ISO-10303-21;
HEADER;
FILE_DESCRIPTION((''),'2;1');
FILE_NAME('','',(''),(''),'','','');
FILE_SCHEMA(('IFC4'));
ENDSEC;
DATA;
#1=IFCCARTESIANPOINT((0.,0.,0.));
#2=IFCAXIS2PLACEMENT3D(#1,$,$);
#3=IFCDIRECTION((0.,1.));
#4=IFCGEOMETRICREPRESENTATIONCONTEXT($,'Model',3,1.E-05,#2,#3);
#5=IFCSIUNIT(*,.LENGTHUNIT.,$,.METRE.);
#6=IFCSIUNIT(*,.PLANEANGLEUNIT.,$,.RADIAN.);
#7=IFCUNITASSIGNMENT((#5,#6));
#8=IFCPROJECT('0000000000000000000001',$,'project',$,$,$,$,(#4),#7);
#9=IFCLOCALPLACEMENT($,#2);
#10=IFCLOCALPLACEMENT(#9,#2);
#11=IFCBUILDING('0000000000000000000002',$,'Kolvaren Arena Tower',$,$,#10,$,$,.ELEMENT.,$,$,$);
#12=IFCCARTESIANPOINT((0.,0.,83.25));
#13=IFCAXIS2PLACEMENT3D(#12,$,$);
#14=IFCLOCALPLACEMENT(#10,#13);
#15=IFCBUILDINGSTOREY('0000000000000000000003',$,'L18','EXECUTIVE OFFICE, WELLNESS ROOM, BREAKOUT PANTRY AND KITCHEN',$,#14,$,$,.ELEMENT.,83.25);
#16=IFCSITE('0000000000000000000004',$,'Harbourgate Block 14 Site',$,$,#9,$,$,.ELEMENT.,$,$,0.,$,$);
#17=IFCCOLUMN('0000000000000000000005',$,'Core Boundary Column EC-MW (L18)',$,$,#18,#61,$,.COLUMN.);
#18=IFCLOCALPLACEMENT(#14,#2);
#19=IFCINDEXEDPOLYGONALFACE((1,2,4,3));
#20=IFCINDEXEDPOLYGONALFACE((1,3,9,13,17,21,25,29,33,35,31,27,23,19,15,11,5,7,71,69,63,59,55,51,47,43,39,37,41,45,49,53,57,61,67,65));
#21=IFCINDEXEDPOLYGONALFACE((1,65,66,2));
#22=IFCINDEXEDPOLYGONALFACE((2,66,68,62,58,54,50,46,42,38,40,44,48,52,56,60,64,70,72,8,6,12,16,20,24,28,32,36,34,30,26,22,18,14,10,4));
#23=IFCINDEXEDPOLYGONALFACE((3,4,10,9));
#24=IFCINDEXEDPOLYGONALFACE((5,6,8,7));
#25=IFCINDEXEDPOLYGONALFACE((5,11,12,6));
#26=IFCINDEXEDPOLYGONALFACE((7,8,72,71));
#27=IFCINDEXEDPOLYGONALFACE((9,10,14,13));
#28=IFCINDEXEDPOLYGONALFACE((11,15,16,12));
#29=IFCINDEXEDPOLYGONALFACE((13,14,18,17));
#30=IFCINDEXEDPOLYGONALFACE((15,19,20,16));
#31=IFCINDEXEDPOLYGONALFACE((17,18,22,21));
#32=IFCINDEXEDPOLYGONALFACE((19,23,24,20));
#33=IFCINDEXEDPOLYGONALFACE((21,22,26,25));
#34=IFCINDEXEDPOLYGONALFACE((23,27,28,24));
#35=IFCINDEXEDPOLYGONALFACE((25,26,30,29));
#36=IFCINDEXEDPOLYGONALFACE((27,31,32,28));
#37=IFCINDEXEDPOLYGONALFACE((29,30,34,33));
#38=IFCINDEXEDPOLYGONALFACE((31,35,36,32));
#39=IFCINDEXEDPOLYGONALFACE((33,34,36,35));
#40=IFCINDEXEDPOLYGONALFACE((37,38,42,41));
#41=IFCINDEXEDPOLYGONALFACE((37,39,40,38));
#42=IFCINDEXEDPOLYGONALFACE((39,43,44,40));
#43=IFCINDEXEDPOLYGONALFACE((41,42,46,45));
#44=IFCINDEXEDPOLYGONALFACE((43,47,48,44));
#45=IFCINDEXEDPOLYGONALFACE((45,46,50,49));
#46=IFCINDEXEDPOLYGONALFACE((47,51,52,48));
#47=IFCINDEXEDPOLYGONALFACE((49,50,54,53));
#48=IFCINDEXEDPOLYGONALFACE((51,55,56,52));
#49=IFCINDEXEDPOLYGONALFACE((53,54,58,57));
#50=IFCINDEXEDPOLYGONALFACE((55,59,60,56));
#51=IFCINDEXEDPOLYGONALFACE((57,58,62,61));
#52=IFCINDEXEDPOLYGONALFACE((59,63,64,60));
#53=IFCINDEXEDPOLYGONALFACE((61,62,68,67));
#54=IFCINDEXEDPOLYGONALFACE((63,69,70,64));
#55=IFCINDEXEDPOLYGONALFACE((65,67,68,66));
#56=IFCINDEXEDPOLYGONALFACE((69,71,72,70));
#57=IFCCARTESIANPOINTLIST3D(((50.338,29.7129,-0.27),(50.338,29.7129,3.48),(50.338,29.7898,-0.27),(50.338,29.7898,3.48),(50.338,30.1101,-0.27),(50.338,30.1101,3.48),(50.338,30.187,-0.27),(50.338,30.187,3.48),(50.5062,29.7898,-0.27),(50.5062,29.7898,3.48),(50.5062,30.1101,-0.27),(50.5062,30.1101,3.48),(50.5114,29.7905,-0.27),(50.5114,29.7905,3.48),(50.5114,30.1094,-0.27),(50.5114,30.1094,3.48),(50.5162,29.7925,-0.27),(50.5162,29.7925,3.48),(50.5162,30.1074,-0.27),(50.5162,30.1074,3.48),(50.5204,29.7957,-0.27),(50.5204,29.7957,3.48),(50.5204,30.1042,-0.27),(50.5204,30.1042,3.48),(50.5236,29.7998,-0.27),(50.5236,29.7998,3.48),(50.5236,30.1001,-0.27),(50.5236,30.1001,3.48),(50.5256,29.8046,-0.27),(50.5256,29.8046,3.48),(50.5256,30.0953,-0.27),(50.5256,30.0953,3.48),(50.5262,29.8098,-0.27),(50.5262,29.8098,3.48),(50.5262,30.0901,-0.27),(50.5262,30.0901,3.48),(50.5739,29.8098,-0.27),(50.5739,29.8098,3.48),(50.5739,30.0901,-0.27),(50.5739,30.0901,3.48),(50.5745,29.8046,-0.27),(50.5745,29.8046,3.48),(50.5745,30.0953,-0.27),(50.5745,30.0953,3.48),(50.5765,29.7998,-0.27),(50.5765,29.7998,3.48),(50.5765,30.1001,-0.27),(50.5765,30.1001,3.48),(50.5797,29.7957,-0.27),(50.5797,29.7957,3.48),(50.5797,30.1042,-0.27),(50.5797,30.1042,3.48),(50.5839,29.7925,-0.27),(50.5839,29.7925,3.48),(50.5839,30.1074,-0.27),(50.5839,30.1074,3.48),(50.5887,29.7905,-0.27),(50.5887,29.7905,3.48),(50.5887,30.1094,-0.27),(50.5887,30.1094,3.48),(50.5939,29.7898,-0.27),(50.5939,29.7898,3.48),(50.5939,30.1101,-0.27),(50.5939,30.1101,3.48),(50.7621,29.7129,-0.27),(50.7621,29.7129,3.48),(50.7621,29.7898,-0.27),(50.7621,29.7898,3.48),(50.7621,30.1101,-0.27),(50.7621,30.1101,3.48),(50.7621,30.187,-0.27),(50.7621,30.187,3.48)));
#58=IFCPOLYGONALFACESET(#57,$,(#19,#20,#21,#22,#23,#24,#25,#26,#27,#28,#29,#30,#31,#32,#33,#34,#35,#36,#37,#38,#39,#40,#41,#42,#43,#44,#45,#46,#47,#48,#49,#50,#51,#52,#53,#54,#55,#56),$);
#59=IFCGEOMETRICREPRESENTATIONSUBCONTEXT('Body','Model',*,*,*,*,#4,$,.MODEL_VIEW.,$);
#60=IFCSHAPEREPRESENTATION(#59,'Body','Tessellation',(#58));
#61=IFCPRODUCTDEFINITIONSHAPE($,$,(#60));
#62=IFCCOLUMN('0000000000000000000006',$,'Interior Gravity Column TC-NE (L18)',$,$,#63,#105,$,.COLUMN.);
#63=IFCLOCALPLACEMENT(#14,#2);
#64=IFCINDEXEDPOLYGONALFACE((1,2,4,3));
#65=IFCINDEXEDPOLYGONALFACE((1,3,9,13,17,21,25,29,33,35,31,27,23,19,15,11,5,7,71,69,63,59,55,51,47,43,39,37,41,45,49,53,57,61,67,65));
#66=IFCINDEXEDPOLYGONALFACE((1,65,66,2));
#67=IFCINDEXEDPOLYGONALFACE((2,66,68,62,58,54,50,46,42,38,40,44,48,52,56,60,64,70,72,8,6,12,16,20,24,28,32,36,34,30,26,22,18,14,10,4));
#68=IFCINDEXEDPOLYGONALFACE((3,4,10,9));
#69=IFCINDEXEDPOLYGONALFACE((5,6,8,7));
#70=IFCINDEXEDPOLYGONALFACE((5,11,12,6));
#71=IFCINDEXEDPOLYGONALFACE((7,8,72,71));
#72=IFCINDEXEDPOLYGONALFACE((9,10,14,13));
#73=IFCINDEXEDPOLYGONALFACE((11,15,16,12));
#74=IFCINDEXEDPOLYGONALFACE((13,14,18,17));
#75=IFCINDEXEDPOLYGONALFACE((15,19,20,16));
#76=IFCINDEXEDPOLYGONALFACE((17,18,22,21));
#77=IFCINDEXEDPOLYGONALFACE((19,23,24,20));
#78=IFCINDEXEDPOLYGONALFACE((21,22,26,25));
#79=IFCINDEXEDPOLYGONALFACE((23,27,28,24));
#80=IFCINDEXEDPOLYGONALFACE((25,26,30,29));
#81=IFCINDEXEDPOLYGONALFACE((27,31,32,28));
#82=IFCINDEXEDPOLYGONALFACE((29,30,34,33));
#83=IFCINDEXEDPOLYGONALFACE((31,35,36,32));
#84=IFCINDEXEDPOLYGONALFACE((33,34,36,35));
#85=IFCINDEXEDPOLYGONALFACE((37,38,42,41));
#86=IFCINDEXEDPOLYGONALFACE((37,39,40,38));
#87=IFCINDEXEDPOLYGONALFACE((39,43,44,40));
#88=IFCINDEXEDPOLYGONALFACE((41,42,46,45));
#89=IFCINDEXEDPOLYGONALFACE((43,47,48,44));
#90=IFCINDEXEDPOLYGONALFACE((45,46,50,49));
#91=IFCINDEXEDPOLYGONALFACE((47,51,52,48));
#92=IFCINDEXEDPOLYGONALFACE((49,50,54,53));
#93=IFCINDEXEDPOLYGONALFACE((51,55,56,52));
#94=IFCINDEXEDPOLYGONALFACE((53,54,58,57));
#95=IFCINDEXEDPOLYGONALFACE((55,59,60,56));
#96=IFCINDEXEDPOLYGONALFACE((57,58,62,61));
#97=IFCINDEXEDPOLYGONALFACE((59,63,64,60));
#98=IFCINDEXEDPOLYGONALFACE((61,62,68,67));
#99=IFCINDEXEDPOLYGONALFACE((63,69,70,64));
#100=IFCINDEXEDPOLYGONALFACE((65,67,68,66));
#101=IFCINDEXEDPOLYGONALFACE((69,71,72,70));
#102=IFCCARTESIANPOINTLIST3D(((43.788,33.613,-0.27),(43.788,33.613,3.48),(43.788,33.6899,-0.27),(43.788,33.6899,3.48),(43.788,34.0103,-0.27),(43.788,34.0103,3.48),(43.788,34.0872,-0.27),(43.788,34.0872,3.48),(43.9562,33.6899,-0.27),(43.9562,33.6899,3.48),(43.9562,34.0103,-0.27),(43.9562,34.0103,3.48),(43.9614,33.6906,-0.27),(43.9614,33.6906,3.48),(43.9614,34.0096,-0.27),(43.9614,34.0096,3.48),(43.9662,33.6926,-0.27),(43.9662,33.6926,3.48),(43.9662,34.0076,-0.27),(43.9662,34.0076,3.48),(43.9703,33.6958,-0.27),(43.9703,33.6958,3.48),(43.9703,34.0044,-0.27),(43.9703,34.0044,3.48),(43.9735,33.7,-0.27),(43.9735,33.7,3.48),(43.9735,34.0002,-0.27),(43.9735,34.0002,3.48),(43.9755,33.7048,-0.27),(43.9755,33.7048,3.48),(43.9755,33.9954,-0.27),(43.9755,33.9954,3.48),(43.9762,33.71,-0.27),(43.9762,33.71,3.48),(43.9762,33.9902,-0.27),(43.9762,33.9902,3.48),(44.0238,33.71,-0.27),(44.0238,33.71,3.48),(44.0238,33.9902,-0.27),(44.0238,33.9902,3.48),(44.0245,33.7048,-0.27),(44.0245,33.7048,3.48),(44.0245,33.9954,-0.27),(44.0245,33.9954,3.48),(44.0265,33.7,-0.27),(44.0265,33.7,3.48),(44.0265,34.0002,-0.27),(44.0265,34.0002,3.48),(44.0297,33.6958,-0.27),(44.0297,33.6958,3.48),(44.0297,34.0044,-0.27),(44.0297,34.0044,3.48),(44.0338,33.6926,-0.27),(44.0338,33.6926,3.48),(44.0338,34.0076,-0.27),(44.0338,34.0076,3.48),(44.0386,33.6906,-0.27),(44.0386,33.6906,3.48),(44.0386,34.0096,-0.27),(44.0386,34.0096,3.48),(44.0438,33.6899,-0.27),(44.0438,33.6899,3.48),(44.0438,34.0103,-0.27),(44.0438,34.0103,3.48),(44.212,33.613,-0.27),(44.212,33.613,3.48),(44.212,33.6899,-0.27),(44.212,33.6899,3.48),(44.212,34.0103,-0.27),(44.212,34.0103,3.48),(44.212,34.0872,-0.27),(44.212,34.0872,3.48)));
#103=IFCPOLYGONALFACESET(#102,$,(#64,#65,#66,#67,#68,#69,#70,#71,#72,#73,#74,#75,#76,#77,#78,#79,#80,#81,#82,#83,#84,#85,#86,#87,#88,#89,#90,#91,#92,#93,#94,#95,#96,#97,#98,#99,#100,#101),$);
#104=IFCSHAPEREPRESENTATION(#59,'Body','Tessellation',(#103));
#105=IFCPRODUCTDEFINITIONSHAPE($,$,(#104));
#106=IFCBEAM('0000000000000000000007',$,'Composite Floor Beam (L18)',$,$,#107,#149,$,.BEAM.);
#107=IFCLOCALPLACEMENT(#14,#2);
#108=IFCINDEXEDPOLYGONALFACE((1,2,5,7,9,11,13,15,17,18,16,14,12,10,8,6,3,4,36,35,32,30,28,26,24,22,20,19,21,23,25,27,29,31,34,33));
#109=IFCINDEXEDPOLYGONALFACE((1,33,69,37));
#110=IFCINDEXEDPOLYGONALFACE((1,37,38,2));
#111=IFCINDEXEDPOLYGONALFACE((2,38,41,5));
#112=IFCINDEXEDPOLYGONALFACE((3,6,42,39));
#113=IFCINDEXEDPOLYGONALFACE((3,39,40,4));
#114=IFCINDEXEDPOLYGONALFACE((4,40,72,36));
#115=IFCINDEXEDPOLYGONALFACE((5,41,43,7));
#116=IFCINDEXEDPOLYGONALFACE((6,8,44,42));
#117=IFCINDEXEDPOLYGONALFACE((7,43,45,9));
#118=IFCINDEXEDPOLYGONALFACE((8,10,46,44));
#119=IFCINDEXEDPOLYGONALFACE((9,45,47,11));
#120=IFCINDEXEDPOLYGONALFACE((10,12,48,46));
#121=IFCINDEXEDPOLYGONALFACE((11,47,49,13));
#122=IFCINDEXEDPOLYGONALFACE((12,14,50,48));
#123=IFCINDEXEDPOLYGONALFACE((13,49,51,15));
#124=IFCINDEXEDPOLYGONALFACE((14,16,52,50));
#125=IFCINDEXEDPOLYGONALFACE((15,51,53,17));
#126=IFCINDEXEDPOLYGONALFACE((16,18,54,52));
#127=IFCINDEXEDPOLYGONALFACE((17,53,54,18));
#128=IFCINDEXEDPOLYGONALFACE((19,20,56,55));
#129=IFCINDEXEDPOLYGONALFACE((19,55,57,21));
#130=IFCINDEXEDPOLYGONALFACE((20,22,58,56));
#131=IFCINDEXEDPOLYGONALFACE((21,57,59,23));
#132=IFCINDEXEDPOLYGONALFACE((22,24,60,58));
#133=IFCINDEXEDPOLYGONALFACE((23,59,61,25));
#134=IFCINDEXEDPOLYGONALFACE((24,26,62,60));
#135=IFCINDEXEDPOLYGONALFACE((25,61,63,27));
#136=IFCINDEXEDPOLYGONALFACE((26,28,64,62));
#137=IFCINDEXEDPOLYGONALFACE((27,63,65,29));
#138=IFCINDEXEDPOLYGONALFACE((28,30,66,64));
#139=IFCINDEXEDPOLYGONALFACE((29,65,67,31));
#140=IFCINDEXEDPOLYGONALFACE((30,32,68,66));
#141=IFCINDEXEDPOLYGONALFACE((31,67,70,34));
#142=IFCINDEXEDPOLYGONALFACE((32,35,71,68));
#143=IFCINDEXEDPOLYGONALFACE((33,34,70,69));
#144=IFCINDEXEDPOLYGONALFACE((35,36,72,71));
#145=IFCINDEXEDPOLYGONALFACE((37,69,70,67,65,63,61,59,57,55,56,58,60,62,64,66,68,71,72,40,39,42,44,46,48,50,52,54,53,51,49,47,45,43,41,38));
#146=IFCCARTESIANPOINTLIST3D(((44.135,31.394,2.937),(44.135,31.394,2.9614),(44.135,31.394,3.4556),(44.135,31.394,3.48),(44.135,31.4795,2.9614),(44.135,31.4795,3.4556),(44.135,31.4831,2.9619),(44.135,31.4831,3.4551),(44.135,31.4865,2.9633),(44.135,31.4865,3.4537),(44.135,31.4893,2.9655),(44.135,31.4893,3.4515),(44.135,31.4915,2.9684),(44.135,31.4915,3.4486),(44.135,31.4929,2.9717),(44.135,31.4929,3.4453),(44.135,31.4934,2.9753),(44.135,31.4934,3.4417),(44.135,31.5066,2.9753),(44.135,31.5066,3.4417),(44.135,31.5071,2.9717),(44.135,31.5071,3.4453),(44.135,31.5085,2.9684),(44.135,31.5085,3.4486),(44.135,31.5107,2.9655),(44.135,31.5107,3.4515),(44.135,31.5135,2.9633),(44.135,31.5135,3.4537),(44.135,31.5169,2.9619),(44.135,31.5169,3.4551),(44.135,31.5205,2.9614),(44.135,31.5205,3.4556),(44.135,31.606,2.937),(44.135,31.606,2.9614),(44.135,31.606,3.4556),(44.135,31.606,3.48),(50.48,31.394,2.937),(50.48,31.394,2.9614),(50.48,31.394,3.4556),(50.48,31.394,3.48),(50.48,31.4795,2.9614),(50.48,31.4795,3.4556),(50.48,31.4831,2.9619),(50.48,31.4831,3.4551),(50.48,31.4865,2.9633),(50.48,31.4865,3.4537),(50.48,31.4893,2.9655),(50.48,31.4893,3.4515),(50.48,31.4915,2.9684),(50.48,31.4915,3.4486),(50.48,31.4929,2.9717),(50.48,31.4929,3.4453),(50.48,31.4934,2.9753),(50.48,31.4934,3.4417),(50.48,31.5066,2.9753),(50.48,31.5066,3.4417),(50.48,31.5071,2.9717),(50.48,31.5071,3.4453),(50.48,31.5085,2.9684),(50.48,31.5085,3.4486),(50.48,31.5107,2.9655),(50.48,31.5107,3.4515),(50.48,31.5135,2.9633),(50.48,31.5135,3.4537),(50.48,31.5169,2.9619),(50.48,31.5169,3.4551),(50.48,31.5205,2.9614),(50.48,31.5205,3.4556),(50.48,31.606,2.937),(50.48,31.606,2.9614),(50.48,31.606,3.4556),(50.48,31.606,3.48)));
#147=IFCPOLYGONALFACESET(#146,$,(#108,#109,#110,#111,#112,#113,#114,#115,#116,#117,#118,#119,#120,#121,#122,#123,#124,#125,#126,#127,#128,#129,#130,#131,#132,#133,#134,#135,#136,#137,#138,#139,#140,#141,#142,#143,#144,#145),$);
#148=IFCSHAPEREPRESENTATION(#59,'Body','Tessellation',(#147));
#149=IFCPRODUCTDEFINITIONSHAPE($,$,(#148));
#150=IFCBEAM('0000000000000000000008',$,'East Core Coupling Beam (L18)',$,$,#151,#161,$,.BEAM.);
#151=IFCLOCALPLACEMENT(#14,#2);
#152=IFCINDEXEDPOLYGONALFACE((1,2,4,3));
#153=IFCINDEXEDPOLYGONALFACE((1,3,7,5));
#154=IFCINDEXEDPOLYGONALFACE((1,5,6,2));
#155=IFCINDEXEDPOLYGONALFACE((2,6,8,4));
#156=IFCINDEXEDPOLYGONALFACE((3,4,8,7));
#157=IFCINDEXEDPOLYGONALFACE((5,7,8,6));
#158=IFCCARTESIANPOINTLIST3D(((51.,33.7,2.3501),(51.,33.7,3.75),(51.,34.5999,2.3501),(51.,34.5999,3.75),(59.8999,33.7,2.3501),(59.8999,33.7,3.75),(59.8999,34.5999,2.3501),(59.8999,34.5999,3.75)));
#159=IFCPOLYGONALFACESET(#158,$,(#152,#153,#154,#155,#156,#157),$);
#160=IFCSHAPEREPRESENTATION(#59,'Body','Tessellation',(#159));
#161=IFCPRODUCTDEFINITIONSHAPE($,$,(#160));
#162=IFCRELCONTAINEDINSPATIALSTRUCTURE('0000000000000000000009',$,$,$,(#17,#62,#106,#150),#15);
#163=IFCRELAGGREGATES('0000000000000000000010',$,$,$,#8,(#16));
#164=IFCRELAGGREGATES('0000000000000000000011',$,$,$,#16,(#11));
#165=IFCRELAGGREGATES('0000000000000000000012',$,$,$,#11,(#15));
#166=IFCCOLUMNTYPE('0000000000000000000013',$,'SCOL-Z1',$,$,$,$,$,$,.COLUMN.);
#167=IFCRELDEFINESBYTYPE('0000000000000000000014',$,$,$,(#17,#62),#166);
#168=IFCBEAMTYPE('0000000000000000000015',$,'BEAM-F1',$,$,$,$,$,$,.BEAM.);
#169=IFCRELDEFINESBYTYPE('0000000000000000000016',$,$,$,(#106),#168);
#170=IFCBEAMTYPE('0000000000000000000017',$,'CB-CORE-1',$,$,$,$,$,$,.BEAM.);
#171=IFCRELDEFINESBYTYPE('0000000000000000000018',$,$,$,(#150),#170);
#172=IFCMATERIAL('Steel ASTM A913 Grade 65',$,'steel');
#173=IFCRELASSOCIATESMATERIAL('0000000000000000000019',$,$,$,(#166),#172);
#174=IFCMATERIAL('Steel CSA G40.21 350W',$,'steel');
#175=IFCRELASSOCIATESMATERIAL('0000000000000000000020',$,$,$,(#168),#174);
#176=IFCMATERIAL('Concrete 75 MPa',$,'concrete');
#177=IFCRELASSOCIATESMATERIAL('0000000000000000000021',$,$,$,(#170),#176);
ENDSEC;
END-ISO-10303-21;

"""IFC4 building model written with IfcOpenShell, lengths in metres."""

from ifc_helpers import new_model, si_unit, direction, frame, origin, origin_2d, place, context, subcontext, project, spatial, rectangle, i_section, extrude, material, material_profile, profile_set, type_object, element, save


model = new_model("IFC4")

# Units and contexts
model_context = context("Model", 3, precision=1e-05, world=origin(), true_north=direction((0.0, 1.0)))
body_context = subcontext(model_context, "Body", "Model", "MODEL_VIEW")
ifc_project = project(units=[si_unit("LENGTHUNIT", "METRE"), si_unit("PLANEANGLEUNIT", "RADIAN")], contexts=[model_context])

# Site, building, storey
site_placement = place(None, origin())
site = spatial("IfcSite", under=ifc_project, at=site_placement, Name="Harbourgate Block 14 Site", CompositionType="ELEMENT", RefElevation=0.0)
building_placement = place(site_placement, origin())
building = spatial("IfcBuilding", under=site, at=building_placement, Name="Kolvaren Arena Tower", CompositionType="ELEMENT")
storey_placement = place(building_placement, frame((0.0, 0.0, 83.25)))
storey = spatial("IfcBuildingStorey", under=building, at=storey_placement, Name="L18", Description="EXECUTIVE OFFICE, WELLNESS ROOM, BREAKOUT PANTRY AND KITCHEN", CompositionType="ELEMENT", Elevation=83.25)

# Columns
ifc_material_1 = material(Name="Steel ASTM A913 Grade 65", Category="steel")
ifc_material_profile_1 = material_profile(ifc_material_1, i_section(OverallWidth=0.4241, OverallDepth=0.4741, WebThickness=0.0476, FlangeThickness=0.0769, FilletRadius=0.02, at=origin_2d()), Name="W360x634")
ifc_profile_set_1 = profile_set([ifc_material_profile_1], Name="Steel ASTM A913 Grade 65")
column_type = type_object("IfcColumnType", Name="SCOL-Z1", PredefinedType="COLUMN", material=ifc_profile_set_1)
for number, where, z_axis, x_axis, name in (
    (1, (50.55, 29.95, -0.27), (0.0, 0.0, 1.0), (1.0, 0.0, 0.0), "Core Boundary Column EC-MW (L18)"),
    (2, (44.0, 33.8501, -0.27), (0.0, 0.0, 1.0), (1.0, 0.0, 0.0), "Interior Gravity Column TC-NE (L18)"),
):
    element("IfcColumn", number, at=place(storey_placement, frame(where, z_axis=z_axis, x_axis=x_axis)), inside=storey, type_object=column_type, Name=name, PredefinedType="COLUMN", context=body_context, shape_type="SweptSolid", body=[
        extrude(i_section(OverallWidth=0.4241, OverallDepth=0.4741, WebThickness=0.0476, FlangeThickness=0.0769, FilletRadius=0.02, at=origin_2d()), origin(), (0.0, 0.0, 1.0), 3.75),
    ])

# Beams
ifc_material_2 = material(Name="Steel CSA G40.21 350W", Category="steel")
ifc_material_profile_2 = material_profile(ifc_material_2, i_section(OverallWidth=0.2119, OverallDepth=0.543, WebThickness=0.0132, FlangeThickness=0.0244, FilletRadius=0.0139, at=origin_2d()), Name="W530x150")
ifc_profile_set_2 = profile_set([ifc_material_profile_2], Name="Steel CSA G40.21 350W")
beam_type_1 = type_object("IfcBeamType", Name="BEAM-F1", PredefinedType="BEAM", material=ifc_profile_set_2)
beam_1_placement = place(storey_placement, frame((44.135, 31.5, 3.2085), z_axis=(1.0, 0.0, 0.0), x_axis=(0.0, 1.0, 0.0)))
element("IfcBeam", 3, at=beam_1_placement, inside=storey, type_object=beam_type_1, Name="Composite Floor Beam (L18)", PredefinedType="BEAM", context=body_context, shape_type="SweptSolid", body=[
    extrude(i_section(OverallWidth=0.2119, OverallDepth=0.543, WebThickness=0.0132, FlangeThickness=0.0244, FilletRadius=0.0139, at=origin_2d()), origin(), (0.0, 0.0, 1.0), 6.345),
])
ifc_material_3 = material(Name="Concrete 75 MPa", Category="concrete")
ifc_material_profile_3 = material_profile(ifc_material_3, rectangle(XDim=0.8999, YDim=1.3999, at=origin_2d()), Name="RC-900x1400")
ifc_profile_set_3 = profile_set([ifc_material_profile_3], Name="Concrete 75 MPa")
beam_type_2 = type_object("IfcBeamType", Name="CB-CORE-1", PredefinedType="BEAM", material=ifc_profile_set_3)
beam_2_placement = place(storey_placement, frame((51.0, 34.1499, 3.05), z_axis=(1.0, 0.0, 0.0), x_axis=(0.0, 1.0, 0.0)))
element("IfcBeam", 4, at=beam_2_placement, inside=storey, type_object=beam_type_2, Name="East Core Coupling Beam (L18)", PredefinedType="BEAM", context=body_context, shape_type="SweptSolid", body=[
    extrude(rectangle(XDim=0.8999, YDim=1.3999, at=origin_2d()), origin(), (0.0, 0.0, 1.0), 8.8999),
])

save(model, "model.ifc")
